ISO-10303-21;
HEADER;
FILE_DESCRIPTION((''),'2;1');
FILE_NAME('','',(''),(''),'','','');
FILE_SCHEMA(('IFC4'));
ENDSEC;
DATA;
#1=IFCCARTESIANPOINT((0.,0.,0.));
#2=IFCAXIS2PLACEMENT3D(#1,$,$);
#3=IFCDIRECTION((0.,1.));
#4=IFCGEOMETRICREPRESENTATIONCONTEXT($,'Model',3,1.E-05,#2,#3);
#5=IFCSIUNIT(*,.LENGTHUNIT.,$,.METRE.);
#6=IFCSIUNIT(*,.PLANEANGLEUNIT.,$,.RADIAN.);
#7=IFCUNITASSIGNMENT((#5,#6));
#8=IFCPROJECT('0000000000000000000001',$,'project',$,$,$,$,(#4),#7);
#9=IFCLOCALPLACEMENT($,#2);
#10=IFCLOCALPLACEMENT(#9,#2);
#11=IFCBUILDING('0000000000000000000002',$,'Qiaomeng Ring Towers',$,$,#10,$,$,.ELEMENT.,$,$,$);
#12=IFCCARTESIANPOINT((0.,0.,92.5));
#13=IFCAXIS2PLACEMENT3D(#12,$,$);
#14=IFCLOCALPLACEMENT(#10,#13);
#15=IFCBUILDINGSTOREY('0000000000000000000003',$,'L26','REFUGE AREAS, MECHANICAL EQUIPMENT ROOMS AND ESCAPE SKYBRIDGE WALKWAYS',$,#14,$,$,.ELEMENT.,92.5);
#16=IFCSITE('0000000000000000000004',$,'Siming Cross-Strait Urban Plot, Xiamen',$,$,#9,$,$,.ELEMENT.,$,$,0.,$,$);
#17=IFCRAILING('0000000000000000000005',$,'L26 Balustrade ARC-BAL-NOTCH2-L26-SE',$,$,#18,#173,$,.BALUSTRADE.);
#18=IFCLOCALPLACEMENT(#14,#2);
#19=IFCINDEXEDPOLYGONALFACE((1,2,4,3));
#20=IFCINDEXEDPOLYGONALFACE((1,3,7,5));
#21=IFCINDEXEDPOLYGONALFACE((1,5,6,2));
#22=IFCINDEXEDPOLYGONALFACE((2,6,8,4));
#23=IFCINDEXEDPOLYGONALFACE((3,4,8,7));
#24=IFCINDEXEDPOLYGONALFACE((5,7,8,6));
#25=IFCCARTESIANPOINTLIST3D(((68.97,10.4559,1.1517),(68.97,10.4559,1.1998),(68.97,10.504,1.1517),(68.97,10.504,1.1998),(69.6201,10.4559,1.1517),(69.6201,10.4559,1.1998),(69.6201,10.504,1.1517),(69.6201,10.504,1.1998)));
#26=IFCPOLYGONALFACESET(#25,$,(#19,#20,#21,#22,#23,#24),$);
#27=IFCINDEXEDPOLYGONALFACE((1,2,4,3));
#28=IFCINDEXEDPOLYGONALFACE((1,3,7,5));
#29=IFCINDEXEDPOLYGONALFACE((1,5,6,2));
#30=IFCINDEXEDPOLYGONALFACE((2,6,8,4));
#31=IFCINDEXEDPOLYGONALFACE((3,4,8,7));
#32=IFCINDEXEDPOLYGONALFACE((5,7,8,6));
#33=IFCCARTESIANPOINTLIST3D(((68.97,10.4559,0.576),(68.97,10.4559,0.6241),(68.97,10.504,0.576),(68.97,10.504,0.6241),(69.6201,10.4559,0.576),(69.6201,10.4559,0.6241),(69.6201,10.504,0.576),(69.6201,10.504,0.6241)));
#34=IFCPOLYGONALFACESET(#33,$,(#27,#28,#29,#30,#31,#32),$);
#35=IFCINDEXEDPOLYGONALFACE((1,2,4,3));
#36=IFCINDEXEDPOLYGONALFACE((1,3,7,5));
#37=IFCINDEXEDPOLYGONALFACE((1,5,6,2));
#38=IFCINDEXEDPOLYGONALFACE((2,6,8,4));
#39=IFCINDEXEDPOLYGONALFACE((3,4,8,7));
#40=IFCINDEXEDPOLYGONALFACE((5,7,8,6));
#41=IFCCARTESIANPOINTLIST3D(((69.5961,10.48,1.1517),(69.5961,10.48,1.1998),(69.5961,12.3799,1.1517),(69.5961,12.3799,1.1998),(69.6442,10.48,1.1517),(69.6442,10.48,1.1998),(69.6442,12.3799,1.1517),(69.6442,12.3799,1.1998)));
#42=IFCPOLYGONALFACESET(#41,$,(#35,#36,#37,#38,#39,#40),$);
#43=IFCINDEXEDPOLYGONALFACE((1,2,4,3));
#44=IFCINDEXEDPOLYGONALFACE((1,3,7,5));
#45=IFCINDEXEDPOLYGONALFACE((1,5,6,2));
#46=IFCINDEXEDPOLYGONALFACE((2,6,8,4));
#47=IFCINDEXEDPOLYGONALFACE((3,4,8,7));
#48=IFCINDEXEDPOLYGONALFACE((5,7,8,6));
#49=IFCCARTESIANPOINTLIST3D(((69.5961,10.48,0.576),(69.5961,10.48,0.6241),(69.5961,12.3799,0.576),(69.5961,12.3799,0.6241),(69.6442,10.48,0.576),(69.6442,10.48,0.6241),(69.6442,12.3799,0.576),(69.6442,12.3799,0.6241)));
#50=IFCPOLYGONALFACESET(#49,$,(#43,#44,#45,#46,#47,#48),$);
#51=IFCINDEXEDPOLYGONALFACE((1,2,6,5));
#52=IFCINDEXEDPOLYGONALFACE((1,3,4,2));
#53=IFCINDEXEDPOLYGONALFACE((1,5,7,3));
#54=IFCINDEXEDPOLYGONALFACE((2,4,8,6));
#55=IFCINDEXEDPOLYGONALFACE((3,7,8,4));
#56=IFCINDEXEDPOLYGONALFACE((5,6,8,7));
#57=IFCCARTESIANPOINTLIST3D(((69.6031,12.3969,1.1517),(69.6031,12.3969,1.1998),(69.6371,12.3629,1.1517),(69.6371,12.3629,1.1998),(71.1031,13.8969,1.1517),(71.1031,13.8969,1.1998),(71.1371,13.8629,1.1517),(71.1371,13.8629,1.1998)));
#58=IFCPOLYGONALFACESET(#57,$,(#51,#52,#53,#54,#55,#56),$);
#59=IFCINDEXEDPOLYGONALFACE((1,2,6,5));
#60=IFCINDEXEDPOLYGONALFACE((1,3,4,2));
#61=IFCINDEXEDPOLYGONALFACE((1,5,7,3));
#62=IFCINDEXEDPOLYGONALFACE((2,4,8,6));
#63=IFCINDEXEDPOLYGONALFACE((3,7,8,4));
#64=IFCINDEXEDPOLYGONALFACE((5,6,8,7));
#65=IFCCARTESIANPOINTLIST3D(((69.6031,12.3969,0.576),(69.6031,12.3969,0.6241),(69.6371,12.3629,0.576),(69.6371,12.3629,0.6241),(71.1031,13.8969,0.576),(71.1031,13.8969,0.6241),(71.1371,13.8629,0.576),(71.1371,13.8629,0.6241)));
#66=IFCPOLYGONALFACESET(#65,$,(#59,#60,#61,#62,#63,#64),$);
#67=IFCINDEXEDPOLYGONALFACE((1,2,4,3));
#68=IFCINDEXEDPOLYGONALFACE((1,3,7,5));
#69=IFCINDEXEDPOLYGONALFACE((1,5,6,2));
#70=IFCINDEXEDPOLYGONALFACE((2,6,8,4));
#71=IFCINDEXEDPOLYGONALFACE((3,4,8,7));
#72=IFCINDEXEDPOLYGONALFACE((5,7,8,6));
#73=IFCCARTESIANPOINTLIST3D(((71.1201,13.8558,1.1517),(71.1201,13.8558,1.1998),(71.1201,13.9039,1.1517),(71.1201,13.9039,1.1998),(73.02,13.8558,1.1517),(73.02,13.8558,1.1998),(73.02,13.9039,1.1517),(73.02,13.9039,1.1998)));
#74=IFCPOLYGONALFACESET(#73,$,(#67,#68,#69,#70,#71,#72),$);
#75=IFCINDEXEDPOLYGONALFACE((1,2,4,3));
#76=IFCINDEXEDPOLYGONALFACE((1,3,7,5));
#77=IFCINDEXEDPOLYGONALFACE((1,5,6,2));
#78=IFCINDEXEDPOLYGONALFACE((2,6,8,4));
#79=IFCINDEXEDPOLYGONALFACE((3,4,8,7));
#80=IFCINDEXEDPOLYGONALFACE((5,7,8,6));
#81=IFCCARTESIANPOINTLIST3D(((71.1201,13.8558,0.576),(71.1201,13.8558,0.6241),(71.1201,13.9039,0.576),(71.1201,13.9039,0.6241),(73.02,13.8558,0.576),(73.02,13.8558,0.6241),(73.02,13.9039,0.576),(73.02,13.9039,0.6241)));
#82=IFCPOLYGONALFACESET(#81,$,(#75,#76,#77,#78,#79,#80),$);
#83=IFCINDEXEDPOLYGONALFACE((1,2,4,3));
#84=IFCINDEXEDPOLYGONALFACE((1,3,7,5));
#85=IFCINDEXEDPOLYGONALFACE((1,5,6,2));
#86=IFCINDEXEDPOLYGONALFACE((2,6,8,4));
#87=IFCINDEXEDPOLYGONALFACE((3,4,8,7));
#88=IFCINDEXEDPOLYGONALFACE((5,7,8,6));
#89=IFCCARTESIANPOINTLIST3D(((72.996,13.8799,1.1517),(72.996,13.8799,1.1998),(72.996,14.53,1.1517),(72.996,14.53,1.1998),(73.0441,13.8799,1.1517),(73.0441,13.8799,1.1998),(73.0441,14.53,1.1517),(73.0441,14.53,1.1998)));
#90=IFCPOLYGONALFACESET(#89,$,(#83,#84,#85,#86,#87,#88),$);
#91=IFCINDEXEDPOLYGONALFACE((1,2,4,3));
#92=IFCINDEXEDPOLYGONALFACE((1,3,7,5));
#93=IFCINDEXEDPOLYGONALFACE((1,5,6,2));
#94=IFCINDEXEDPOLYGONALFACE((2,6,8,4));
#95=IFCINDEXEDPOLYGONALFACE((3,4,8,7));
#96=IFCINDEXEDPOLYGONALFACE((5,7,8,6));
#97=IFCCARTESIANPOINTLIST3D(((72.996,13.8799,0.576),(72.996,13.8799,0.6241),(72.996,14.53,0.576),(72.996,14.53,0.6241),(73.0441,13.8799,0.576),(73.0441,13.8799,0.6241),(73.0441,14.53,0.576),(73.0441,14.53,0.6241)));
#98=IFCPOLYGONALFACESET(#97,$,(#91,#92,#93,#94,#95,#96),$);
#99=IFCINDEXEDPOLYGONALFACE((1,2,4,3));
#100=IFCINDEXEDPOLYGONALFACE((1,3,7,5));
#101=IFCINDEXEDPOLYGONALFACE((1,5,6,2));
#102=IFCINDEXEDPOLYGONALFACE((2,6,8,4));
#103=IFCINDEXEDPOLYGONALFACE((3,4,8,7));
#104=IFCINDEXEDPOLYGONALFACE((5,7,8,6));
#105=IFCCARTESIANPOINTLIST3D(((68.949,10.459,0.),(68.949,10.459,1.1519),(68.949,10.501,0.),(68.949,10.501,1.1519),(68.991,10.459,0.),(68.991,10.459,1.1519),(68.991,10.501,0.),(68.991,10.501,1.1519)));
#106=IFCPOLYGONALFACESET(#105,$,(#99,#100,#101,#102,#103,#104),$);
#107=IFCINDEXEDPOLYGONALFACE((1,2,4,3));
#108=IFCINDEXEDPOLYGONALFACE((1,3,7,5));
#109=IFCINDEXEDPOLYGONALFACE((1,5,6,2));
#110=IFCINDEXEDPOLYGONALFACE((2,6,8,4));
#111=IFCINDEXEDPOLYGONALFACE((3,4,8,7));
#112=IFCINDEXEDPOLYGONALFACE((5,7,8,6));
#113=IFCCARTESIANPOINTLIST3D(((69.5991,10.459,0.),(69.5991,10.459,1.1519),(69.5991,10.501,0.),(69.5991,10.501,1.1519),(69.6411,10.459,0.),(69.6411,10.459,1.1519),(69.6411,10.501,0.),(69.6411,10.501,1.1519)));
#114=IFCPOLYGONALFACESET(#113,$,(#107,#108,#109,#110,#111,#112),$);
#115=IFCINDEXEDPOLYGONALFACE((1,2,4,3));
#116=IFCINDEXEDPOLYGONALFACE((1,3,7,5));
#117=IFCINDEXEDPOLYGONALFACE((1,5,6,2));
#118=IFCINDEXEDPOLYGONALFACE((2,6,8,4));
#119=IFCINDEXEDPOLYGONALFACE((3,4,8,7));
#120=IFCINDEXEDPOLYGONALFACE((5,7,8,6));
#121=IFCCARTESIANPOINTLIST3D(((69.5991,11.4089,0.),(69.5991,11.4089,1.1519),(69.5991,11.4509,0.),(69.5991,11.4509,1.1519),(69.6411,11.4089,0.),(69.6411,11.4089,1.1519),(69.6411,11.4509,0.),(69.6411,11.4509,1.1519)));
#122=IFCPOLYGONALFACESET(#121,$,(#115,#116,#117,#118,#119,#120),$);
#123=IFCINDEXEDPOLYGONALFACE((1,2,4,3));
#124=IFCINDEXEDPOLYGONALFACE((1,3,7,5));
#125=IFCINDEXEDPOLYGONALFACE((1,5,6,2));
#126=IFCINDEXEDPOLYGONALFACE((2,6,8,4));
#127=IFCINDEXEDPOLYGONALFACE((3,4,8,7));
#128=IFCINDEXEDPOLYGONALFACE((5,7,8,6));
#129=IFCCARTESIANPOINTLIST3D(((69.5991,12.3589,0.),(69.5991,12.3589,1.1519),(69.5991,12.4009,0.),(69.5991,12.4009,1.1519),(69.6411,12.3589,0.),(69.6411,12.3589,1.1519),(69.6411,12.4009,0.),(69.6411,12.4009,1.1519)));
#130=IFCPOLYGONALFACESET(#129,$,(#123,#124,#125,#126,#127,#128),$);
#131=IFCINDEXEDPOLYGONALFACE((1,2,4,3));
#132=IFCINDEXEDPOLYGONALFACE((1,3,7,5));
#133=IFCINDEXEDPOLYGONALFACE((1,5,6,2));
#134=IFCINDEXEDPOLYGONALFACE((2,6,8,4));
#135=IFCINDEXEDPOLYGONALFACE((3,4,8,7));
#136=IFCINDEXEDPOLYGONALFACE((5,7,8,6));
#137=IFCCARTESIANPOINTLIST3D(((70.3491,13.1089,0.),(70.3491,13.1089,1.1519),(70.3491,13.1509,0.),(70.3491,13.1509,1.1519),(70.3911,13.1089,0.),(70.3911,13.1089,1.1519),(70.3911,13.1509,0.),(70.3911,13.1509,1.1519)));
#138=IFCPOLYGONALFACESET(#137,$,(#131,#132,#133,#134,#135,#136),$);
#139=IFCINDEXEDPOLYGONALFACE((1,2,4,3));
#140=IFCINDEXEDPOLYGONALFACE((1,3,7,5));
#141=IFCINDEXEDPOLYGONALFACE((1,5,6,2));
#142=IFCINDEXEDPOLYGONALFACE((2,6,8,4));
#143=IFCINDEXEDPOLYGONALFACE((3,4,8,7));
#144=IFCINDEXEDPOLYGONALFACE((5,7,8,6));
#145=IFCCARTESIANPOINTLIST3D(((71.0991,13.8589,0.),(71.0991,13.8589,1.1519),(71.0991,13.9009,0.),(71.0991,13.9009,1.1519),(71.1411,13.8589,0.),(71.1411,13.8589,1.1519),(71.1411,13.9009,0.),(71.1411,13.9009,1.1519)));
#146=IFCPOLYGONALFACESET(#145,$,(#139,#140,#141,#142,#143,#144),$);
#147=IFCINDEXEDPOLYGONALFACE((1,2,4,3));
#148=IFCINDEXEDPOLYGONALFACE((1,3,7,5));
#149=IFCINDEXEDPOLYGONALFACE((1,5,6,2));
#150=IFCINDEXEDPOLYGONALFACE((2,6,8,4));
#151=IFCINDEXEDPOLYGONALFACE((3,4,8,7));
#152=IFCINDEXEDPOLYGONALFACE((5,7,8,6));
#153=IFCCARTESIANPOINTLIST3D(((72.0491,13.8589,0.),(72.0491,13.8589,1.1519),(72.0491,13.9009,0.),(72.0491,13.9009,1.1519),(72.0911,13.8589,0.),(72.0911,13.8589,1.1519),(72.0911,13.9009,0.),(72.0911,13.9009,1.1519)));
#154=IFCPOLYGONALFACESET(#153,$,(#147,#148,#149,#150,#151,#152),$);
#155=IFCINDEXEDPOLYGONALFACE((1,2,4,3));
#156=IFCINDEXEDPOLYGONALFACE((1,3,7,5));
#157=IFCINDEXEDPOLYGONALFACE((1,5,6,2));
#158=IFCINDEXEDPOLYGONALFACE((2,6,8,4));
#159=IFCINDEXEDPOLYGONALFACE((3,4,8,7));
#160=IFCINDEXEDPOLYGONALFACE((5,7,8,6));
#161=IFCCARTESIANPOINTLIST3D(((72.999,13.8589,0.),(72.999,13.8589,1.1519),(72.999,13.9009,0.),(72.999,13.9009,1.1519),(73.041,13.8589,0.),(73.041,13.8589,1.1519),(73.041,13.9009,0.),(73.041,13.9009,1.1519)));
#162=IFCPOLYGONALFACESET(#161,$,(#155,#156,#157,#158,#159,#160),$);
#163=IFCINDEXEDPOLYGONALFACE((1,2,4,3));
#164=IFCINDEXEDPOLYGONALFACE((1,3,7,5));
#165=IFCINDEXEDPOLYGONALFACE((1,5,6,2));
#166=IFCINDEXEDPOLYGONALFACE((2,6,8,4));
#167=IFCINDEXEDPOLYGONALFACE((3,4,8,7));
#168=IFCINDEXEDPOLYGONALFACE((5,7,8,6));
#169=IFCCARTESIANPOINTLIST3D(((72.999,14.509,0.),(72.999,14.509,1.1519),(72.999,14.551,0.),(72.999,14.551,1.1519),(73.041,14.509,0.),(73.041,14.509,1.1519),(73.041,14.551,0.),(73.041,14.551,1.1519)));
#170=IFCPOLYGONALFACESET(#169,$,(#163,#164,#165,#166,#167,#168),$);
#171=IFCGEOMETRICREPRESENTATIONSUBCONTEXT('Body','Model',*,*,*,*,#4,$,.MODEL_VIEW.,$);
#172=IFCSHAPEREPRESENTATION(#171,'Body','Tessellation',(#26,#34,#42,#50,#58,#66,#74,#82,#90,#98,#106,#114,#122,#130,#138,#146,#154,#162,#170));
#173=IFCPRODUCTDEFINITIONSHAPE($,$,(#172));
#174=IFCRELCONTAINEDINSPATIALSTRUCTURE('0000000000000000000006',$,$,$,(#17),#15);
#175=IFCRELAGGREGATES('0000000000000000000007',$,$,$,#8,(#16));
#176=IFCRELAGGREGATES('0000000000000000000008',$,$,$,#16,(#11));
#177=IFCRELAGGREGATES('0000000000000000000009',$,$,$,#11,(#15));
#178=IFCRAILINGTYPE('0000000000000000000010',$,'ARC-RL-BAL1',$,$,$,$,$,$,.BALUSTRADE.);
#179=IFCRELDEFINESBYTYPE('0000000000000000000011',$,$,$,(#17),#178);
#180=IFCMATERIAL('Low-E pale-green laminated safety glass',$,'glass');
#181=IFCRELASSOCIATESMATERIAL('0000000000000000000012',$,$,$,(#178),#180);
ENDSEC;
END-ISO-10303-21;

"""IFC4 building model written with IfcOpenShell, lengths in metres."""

from ifc_helpers import new_model, si_unit, direction, frame, origin, origin_2d, place, context, subcontext, project, spatial, rectangle, extrude, material, type_object, element, save


model = new_model("IFC4")

# Units and contexts
model_context = context("Model", 3, precision=1e-05, world=origin(), true_north=direction((0.0, 1.0)))
body_context = subcontext(model_context, "Body", "Model", "MODEL_VIEW")
ifc_project = project(units=[si_unit("LENGTHUNIT", "METRE"), si_unit("PLANEANGLEUNIT", "RADIAN")], contexts=[model_context])

# Site, building, storey
site_placement = place(None, origin())
site = spatial("IfcSite", under=ifc_project, at=site_placement, Name="Siming Cross-Strait Urban Plot, Xiamen", CompositionType="ELEMENT", RefElevation=0.0)
building_placement = place(site_placement, origin())
building = spatial("IfcBuilding", under=site, at=building_placement, Name="Qiaomeng Ring Towers", CompositionType="ELEMENT")
storey_placement = place(building_placement, frame((0.0, 0.0, 92.5)))
storey = spatial("IfcBuildingStorey", under=building, at=storey_placement, Name="L26", Description="REFUGE AREAS, MECHANICAL EQUIPMENT ROOMS AND ESCAPE SKYBRIDGE WALKWAYS", CompositionType="ELEMENT", Elevation=92.5)

# Railing
ifc_material_1 = material(Name="Low-E pale-green laminated safety glass", Category="glass")
railing_type_1 = type_object("IfcRailingType", Name="ARC-RL-BAL1", PredefinedType="BALUSTRADE", material=ifc_material_1)
railing_1_placement = place(storey_placement, frame((68.97, 10.48, 0.0)))
element("IfcRailing", 1, at=railing_1_placement, inside=storey, type_object=railing_type_1, Name="L26 Balustrade ARC-BAL-NOTCH2-L26-SE", PredefinedType="BALUSTRADE", context=body_context, shape_type="SweptSolid", body=[
    extrude(rectangle(XDim=0.0481, YDim=0.0481, at=origin_2d()), frame((0.0, 0.0, 1.1758), z_axis=(1.0, 0.0, 0.0), x_axis=(0.0, 1.0, 0.0)), (0.0, 0.0, 1.0), 0.6501),
    extrude(rectangle(XDim=0.0481, YDim=0.0481, at=origin_2d()), frame((0.0, 0.0, 0.6001), z_axis=(1.0, 0.0, 0.0), x_axis=(0.0, 1.0, 0.0)), (0.0, 0.0, 1.0), 0.6501),
    extrude(rectangle(XDim=0.0481, YDim=0.0481, at=origin_2d()), frame((0.6501, 0.0, 1.1758), z_axis=(0.0, 1.0, 0.0), x_axis=(-1.0, 0.0, 0.0)), (0.0, 0.0, 1.0), 1.8999),
    extrude(rectangle(XDim=0.0481, YDim=0.0481, at=origin_2d()), frame((0.6501, 0.0, 0.6001), z_axis=(0.0, 1.0, 0.0), x_axis=(-1.0, 0.0, 0.0)), (0.0, 0.0, 1.0), 1.8999),
    extrude(rectangle(XDim=0.0481, YDim=0.0481, at=origin_2d()), frame((0.6501, 1.8999, 1.1758), z_axis=(0.707107, 0.707107, 0.0), x_axis=(-0.707107, 0.707107, 0.0)), (0.0, 0.0, 1.0), 2.1213),
    extrude(rectangle(XDim=0.0481, YDim=0.0481, at=origin_2d()), frame((0.6501, 1.8999, 0.6001), z_axis=(0.707107, 0.707107, 0.0), x_axis=(-0.707107, 0.707107, 0.0)), (0.0, 0.0, 1.0), 2.1213),
    extrude(rectangle(XDim=0.0481, YDim=0.0481, at=origin_2d()), frame((2.1501, 3.3999, 1.1758), z_axis=(1.0, 0.0, 0.0), x_axis=(0.0, 1.0, 0.0)), (0.0, 0.0, 1.0), 1.8999),
    extrude(rectangle(XDim=0.0481, YDim=0.0481, at=origin_2d()), frame((2.1501, 3.3999, 0.6001), z_axis=(1.0, 0.0, 0.0), x_axis=(0.0, 1.0, 0.0)), (0.0, 0.0, 1.0), 1.8999),
    extrude(rectangle(XDim=0.0481, YDim=0.0481, at=origin_2d()), frame((4.05, 3.3999, 1.1758), z_axis=(0.0, 1.0, 0.0), x_axis=(-1.0, 0.0, 0.0)), (0.0, 0.0, 1.0), 0.6501),
    extrude(rectangle(XDim=0.0481, YDim=0.0481, at=origin_2d()), frame((4.05, 3.3999, 0.6001), z_axis=(0.0, 1.0, 0.0), x_axis=(-1.0, 0.0, 0.0)), (0.0, 0.0, 1.0), 0.6501),
    extrude(rectangle(XDim=0.042, YDim=0.042, at=origin_2d()), origin(), (0.0, 0.0, 1.0), 1.1519),
    extrude(rectangle(XDim=0.042, YDim=0.042, at=origin_2d()), frame((0.6501, 0.0, 0.0)), (0.0, 0.0, 1.0), 1.1519),
    extrude(rectangle(XDim=0.042, YDim=0.042, at=origin_2d()), frame((0.6501, 0.95, 0.0)), (0.0, 0.0, 1.0), 1.1519),
    extrude(rectangle(XDim=0.042, YDim=0.042, at=origin_2d()), frame((0.6501, 1.8999, 0.0)), (0.0, 0.0, 1.0), 1.1519),
    extrude(rectangle(XDim=0.042, YDim=0.042, at=origin_2d()), frame((1.4001, 2.6499, 0.0)), (0.0, 0.0, 1.0), 1.1519),
    extrude(rectangle(XDim=0.042, YDim=0.042, at=origin_2d()), frame((2.1501, 3.3999, 0.0)), (0.0, 0.0, 1.0), 1.1519),
    extrude(rectangle(XDim=0.042, YDim=0.042, at=origin_2d()), frame((3.1001, 3.3999, 0.0)), (0.0, 0.0, 1.0), 1.1519),
    extrude(rectangle(XDim=0.042, YDim=0.042, at=origin_2d()), frame((4.05, 3.3999, 0.0)), (0.0, 0.0, 1.0), 1.1519),
    extrude(rectangle(XDim=0.042, YDim=0.042, at=origin_2d()), frame((4.05, 4.05, 0.0)), (0.0, 0.0, 1.0), 1.1519),
])

save(model, "model.ifc")
